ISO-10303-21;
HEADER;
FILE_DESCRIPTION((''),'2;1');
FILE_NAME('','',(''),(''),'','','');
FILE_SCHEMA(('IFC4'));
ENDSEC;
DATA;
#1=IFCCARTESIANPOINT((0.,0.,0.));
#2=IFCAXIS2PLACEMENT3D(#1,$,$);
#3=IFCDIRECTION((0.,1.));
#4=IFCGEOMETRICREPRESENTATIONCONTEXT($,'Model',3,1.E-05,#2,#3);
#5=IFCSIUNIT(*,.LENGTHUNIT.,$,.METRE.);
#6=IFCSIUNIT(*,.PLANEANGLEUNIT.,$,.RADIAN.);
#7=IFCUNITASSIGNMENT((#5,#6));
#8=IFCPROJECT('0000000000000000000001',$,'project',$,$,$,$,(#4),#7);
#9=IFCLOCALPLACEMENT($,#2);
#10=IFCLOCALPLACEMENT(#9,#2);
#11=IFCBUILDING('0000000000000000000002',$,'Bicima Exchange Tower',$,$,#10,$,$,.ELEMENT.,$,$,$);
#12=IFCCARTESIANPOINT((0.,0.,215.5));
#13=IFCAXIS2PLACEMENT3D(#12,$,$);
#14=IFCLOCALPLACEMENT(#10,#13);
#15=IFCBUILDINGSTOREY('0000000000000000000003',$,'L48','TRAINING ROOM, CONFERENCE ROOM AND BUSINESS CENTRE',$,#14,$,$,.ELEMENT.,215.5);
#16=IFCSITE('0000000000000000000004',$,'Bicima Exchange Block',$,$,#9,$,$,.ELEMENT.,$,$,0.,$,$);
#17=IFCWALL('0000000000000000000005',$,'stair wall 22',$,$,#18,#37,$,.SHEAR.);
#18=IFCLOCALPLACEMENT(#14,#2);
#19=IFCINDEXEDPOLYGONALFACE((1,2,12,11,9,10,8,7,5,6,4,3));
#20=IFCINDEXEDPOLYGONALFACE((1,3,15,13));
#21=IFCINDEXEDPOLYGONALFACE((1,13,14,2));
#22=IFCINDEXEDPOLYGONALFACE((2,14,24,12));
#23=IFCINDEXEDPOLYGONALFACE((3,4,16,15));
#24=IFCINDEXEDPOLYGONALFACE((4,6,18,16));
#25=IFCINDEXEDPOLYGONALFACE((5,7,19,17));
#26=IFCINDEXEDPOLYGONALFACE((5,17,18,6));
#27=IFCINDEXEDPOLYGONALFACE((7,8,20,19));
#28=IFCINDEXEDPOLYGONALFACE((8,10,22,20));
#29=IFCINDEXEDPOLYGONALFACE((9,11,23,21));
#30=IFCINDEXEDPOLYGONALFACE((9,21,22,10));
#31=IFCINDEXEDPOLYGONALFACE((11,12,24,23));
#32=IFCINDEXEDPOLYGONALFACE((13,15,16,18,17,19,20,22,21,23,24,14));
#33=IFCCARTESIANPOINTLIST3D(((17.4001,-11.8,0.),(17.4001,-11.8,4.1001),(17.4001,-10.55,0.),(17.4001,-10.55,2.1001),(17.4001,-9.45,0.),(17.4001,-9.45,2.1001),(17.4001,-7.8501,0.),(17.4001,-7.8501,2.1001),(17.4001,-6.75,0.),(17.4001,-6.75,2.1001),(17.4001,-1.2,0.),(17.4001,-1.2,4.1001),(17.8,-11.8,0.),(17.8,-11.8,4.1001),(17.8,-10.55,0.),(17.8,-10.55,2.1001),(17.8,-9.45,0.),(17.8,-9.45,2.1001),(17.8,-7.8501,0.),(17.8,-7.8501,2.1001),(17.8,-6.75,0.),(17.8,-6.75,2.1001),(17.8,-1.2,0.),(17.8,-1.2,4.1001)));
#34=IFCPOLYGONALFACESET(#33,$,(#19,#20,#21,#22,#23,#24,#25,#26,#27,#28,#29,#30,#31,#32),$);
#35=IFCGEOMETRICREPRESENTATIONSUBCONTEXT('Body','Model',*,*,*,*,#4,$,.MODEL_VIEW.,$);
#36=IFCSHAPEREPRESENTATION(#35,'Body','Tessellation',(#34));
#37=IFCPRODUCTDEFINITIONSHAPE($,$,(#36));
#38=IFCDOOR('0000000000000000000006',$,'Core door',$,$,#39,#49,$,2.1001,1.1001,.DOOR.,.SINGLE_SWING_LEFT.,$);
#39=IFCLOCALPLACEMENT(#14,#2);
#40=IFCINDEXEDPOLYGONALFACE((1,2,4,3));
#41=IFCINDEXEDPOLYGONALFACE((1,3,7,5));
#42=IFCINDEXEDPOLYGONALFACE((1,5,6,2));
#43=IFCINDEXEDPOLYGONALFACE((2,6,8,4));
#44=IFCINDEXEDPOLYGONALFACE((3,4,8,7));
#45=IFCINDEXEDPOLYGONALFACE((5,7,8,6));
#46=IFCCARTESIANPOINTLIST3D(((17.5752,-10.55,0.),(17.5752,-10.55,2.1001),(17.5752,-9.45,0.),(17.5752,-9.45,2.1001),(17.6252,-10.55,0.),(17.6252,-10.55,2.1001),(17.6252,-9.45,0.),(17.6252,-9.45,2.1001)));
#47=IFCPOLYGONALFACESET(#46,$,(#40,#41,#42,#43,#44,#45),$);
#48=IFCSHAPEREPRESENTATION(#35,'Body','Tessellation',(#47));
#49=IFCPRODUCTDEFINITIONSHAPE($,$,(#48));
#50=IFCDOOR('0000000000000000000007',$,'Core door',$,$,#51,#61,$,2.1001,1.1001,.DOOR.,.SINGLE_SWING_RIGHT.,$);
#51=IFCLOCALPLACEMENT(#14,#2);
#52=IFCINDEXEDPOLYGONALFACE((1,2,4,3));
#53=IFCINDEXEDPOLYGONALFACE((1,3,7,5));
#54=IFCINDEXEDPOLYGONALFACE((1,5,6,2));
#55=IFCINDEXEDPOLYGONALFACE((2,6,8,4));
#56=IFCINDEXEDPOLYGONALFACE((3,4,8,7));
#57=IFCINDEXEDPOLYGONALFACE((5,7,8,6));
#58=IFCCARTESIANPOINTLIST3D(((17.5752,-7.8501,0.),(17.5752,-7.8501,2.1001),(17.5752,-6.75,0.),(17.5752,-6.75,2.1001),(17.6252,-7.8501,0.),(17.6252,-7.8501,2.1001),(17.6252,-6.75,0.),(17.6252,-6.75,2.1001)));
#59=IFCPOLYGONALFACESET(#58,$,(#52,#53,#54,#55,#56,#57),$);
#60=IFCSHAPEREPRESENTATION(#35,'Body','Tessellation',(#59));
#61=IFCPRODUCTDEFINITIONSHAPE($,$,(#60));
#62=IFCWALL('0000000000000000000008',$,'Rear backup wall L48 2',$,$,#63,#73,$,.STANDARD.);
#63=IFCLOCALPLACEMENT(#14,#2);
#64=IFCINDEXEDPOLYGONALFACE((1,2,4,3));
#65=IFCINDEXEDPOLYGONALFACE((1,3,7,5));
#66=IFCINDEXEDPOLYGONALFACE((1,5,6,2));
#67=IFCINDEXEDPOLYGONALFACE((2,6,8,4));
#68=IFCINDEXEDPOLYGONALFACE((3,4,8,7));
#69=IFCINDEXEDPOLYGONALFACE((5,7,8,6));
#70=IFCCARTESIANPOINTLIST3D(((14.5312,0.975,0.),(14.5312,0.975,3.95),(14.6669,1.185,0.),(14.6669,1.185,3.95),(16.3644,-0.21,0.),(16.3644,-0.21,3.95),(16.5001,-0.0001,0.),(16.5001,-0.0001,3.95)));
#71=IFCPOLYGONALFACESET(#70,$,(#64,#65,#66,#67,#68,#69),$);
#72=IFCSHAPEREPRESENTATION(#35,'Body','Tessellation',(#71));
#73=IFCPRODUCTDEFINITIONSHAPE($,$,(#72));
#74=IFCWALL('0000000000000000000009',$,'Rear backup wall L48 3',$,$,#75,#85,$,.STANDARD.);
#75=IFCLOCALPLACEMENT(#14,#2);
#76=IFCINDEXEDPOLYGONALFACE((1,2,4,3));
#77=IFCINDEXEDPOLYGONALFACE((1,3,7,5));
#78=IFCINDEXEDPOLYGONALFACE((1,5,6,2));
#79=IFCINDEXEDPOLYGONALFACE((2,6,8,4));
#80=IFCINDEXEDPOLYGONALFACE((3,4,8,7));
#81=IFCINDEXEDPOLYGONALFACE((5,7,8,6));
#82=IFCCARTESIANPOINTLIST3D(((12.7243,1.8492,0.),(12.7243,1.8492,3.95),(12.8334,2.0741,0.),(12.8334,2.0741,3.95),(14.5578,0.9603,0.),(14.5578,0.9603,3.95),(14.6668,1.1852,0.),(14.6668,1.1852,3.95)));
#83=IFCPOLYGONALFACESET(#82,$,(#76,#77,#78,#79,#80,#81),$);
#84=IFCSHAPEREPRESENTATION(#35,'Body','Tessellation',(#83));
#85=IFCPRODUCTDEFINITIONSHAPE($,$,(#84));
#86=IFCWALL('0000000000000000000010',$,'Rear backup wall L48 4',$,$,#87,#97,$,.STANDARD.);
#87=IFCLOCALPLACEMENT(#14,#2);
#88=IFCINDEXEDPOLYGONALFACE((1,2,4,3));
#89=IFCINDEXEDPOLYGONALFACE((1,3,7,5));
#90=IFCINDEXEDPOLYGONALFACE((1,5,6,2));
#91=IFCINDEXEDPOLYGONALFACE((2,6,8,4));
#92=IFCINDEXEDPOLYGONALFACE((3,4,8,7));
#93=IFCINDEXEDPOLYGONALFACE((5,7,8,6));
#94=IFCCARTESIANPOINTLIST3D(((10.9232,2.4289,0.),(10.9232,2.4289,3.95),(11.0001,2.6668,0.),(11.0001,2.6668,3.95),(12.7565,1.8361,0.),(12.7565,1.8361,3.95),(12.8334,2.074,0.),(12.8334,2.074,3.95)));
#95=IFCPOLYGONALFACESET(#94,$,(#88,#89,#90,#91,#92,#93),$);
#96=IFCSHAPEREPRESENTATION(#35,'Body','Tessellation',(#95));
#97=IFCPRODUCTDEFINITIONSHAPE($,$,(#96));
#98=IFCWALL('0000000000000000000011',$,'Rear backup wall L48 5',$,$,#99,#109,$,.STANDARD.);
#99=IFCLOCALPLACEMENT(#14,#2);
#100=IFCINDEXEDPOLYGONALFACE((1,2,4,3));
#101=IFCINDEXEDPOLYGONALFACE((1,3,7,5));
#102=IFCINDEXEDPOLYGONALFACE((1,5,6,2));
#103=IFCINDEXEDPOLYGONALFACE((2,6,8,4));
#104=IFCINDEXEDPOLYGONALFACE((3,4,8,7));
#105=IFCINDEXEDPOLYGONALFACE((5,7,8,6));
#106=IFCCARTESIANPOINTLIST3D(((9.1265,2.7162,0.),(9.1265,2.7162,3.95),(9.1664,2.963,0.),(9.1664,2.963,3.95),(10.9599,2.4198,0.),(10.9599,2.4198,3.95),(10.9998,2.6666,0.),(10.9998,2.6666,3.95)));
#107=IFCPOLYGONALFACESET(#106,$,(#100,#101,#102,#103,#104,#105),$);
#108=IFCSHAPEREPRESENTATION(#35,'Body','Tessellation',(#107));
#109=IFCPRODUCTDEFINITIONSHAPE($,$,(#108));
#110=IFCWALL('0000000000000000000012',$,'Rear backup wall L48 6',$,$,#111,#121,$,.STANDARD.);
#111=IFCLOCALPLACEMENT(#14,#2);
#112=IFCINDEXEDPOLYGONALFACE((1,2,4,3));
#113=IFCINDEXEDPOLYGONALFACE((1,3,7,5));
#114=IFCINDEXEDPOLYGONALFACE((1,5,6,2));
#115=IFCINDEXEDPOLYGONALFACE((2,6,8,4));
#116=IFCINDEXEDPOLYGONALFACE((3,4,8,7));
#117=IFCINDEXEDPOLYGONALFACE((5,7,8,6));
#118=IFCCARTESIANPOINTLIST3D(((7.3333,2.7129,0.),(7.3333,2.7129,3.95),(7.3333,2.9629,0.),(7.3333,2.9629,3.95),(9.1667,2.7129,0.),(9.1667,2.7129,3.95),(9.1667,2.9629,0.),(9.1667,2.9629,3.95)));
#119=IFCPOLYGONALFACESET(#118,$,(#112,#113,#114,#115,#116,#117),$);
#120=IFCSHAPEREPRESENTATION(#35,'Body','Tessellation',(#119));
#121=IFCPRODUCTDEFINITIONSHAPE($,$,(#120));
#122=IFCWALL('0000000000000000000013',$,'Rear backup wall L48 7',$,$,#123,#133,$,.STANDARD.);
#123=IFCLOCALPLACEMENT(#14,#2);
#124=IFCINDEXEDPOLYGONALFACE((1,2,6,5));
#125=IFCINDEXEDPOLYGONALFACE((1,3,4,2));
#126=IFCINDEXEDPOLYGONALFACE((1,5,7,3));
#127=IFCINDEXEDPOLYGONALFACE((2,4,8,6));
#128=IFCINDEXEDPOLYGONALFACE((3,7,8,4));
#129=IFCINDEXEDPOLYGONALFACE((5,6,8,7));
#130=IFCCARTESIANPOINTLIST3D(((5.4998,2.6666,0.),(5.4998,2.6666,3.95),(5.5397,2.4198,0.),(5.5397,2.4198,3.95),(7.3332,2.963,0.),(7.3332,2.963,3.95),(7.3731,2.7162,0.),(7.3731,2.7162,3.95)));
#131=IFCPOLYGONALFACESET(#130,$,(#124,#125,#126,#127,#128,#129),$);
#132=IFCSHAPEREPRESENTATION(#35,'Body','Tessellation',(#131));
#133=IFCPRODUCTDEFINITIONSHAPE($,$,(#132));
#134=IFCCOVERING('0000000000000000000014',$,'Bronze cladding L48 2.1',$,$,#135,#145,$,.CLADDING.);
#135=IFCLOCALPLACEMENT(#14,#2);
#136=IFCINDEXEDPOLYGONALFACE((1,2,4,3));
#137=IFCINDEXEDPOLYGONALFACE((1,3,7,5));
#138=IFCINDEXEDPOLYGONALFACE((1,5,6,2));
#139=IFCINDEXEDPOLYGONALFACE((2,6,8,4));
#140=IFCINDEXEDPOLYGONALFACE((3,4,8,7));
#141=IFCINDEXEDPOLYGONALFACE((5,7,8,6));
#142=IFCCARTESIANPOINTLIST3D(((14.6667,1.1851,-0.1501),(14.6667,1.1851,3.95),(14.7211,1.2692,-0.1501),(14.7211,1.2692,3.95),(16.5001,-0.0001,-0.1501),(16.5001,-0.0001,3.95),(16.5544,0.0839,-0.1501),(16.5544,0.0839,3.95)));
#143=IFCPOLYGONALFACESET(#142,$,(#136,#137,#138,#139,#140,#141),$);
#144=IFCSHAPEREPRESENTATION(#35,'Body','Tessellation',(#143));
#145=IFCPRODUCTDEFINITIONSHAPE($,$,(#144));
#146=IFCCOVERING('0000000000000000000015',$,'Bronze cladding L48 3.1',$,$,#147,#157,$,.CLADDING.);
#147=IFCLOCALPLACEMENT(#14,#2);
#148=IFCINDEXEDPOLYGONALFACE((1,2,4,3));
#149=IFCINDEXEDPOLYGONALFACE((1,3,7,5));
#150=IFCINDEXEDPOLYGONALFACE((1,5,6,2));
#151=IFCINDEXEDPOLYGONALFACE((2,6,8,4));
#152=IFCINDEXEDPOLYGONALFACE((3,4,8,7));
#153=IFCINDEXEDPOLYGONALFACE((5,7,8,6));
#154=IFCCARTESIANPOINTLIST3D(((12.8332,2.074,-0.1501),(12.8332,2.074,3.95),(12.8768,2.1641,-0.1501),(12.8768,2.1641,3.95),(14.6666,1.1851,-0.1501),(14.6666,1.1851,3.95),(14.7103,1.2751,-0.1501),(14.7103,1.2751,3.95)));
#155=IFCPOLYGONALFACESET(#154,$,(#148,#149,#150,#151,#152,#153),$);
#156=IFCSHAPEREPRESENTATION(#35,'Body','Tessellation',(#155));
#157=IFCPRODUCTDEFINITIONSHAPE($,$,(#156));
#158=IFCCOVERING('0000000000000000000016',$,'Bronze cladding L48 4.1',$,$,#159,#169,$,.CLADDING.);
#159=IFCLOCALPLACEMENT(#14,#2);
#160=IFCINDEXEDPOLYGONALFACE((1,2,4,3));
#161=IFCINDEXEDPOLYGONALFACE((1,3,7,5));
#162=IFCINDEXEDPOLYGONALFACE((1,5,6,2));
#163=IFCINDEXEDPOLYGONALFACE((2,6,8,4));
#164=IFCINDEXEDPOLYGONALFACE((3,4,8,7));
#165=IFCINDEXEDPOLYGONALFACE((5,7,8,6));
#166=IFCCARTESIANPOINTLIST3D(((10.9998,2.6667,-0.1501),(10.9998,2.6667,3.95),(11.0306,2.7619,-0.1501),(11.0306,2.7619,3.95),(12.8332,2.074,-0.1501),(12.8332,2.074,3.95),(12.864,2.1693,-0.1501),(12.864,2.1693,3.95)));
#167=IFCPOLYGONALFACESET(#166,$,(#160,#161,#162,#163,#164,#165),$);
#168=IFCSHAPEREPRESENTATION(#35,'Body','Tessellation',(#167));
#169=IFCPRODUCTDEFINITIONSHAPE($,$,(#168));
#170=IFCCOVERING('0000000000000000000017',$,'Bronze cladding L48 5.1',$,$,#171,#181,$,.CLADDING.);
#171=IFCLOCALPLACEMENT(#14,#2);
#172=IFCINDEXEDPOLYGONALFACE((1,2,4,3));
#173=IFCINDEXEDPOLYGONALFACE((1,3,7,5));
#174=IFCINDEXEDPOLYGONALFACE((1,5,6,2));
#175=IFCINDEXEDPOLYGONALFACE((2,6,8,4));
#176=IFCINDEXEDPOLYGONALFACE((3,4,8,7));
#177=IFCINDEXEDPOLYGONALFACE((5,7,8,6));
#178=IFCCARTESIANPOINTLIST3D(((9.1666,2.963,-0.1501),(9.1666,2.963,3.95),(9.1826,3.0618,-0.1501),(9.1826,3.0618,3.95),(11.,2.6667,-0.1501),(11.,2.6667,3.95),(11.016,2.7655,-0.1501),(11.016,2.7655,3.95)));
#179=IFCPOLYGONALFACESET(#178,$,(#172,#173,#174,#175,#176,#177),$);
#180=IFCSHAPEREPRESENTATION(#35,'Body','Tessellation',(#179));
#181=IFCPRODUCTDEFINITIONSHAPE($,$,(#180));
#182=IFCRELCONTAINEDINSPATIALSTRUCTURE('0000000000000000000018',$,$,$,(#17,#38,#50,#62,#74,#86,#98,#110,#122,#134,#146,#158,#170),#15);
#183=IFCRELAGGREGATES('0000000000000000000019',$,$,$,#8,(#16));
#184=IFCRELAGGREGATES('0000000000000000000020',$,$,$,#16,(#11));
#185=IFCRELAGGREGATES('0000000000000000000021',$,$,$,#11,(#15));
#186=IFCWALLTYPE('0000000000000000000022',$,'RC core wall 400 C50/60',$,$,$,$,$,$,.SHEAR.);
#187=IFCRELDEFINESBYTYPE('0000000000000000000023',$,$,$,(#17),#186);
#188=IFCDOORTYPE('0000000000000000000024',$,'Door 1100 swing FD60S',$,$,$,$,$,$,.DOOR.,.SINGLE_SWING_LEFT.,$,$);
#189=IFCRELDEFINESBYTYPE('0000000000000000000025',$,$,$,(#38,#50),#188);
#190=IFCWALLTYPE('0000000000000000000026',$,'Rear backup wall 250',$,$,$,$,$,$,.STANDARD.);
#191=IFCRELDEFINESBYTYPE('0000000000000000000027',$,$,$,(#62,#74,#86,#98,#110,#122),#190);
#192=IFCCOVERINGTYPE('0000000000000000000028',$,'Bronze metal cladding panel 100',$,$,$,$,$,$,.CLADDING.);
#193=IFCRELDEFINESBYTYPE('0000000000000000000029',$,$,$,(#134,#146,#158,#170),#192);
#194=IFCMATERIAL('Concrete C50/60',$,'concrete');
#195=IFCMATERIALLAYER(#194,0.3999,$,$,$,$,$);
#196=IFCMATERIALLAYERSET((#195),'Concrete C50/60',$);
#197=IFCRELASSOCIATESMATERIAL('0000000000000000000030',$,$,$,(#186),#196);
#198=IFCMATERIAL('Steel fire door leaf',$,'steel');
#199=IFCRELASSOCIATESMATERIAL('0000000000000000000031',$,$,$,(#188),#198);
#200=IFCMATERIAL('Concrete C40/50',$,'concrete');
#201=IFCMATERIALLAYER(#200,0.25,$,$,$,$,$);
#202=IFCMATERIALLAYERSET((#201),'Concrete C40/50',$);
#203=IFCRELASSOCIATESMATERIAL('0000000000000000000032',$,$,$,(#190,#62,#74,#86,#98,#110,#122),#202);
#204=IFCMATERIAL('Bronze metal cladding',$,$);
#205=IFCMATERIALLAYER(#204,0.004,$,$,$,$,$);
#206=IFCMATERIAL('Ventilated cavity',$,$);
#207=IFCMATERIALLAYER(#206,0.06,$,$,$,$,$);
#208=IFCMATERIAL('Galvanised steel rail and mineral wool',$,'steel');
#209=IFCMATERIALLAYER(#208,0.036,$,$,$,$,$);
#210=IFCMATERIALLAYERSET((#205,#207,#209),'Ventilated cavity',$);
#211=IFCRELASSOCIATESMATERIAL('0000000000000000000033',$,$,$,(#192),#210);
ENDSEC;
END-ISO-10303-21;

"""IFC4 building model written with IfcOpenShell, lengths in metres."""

from ifc_helpers import new_model, si_unit, direction, frame, frame_2d, origin, origin_2d, place, context, subcontext, project, spatial, rectangle, extrude, material, layer, layer_set, layer_usage, type_object, element, fill, save


model = new_model("IFC4")

# Units and contexts
model_context = context("Model", 3, precision=1e-05, world=origin(), true_north=direction((0.0, 1.0)))
body_context = subcontext(model_context, "Body", "Model", "MODEL_VIEW")
ifc_project = project(units=[si_unit("LENGTHUNIT", "METRE"), si_unit("PLANEANGLEUNIT", "RADIAN")], contexts=[model_context])

# Site, building, storey
site_placement = place(None, origin())
site = spatial("IfcSite", under=ifc_project, at=site_placement, Name="Bicima Exchange Block", CompositionType="ELEMENT", RefElevation=0.0)
building_placement = place(site_placement, origin())
building = spatial("IfcBuilding", under=site, at=building_placement, Name="Bicima Exchange Tower", CompositionType="ELEMENT")
storey_placement = place(building_placement, frame((0.0, 0.0, 215.5)))
storey = spatial("IfcBuildingStorey", under=building, at=storey_placement, Name="L48", Description="TRAINING ROOM, CONFERENCE ROOM AND BUSINESS CENTRE", CompositionType="ELEMENT", Elevation=215.5)

# Shared definitions
ifc_material_1 = material(Name="Concrete C50/60", Category="concrete")
ifc_layer_1 = layer(ifc_material_1, 0.3999)
ifc_layer_set_1 = layer_set([ifc_layer_1], Name="Concrete C50/60")
wall_type_1 = type_object("IfcWallType", Name="RC core wall 400 C50/60", PredefinedType="SHEAR", material=ifc_layer_set_1)

# Wall, openings, doors
ifc_material_2 = material(Name="Steel fire door leaf", Category="steel")
door_type_1 = type_object("IfcDoorType", Name="Door 1100 swing FD60S", OperationType="SINGLE_SWING_LEFT", PredefinedType="DOOR", material=ifc_material_2)
wall_1_placement = place(storey_placement, frame((17.6001, -11.8, 0.0), z_axis=(0.0, 0.0, 1.0), x_axis=(0.0, 1.0, 0.0)))
wall_1 = element("IfcWall", 1, at=wall_1_placement, inside=storey, type_object=wall_type_1, Name="stair wall 22", PredefinedType="SHEAR", context=body_context, shape_type="SweptSolid", body=[
    extrude(rectangle(XDim=10.6001, YDim=0.3999, at=frame_2d((5.3, 0.0))), origin(), (0.0, 0.0, 1.0), 4.1001),
])
opening_1_placement = place(wall_1_placement, frame((1.25, 0.0, 0.0)))
opening_1 = element("IfcOpeningElement", 2, at=opening_1_placement, cuts=wall_1, PredefinedType="OPENING", context=body_context, shape_type="SweptSolid", body=[
    extrude(rectangle(XDim=1.1001, YDim=2.1001, at=frame_2d((0.55, 1.05))), frame((0.0, 0.2119, 0.0), z_axis=(0.0, -1.0, 0.0), x_axis=(1.0, 0.0, 0.0)), (0.0, 0.0, 1.0), 0.4238),
])
opening_2_placement = place(wall_1_placement, frame((3.95, 0.0, 0.0)))
opening_2 = element("IfcOpeningElement", 3, at=opening_2_placement, cuts=wall_1, PredefinedType="OPENING", context=body_context, shape_type="SweptSolid", body=[
    extrude(rectangle(XDim=1.1001, YDim=2.1001, at=frame_2d((0.55, 1.05))), frame((0.0, 0.2119, 0.0), z_axis=(0.0, -1.0, 0.0), x_axis=(1.0, 0.0, 0.0)), (0.0, 0.0, 1.0), 0.4238),
])
door_1_placement = place(opening_1_placement, origin())
door_1 = element("IfcDoor", 4, at=door_1_placement, inside=storey, type_object=door_type_1, Name="Core door", OperationType="SINGLE_SWING_LEFT", OverallHeight=2.1001, OverallWidth=1.1001, PredefinedType="DOOR", context=body_context, shape_type="SweptSolid", body=[
    extrude(rectangle(XDim=1.1001, YDim=2.1001, at=frame_2d((0.55, 1.05))), frame((0.0, 0.0249, 0.0), z_axis=(0.0, -1.0, 0.0), x_axis=(1.0, 0.0, 0.0)), (0.0, 0.0, 1.0), 0.05),
])
fill(opening_1, door_1)
door_2_placement = place(opening_2_placement, origin())
door_2 = element("IfcDoor", 5, at=door_2_placement, inside=storey, type_object=door_type_1, Name="Core door", OperationType="SINGLE_SWING_RIGHT", OverallHeight=2.1001, OverallWidth=1.1001, PredefinedType="DOOR", context=body_context, shape_type="SweptSolid", body=[
    extrude(rectangle(XDim=1.1001, YDim=2.1001, at=frame_2d((0.55, 1.05))), frame((0.0, 0.0249, 0.0), z_axis=(0.0, -1.0, 0.0), x_axis=(1.0, 0.0, 0.0)), (0.0, 0.0, 1.0), 0.05),
])
fill(opening_2, door_2)

# Walls
ifc_material_3 = material(Name="Concrete C40/50", Category="concrete")
ifc_layer_2 = layer(ifc_material_3, 0.25)
ifc_layer_set_2 = layer_set([ifc_layer_2], Name="Concrete C40/50")
ifc_layer_usage = layer_usage(ifc_layer_set_2, "AXIS2", "POSITIVE", -0.125)
wall_type_2 = type_object("IfcWallType", Name="Rear backup wall 250", PredefinedType="STANDARD", material=ifc_layer_set_2)
wall_2_placement = place(storey_placement, frame((16.4321, -0.105, 0.0), z_axis=(0.0, 0.0, 1.0), x_axis=(-0.839813, 0.542876, 0.0)))
element("IfcWall", 6, at=wall_2_placement, inside=storey, type_object=wall_type_2, material=ifc_layer_usage, Name="Rear backup wall L48 2", PredefinedType="STANDARD", context=body_context, shape_type="SweptSolid", body=[
    extrude(rectangle(XDim=2.1829, YDim=0.25, at=frame_2d((1.0913, 0.0))), origin(), (0.0, 0.0, 1.0), 3.95),
])
wall_3_placement = place(storey_placement, frame((14.6123, 1.0728, 0.0), z_axis=(0.0, 0.0, 1.0), x_axis=(-0.899824, 0.436253, 0.0)))
element("IfcWall", 7, at=wall_3_placement, inside=storey, type_object=wall_type_2, material=ifc_layer_usage, Name="Rear backup wall L48 3", PredefinedType="STANDARD", context=body_context, shape_type="SweptSolid", body=[
    extrude(rectangle(XDim=2.0376, YDim=0.25, at=frame_2d((1.0188, 0.0))), origin(), (0.0, 0.0, 1.0), 3.95),
])
wall_4_placement = place(storey_placement, frame((12.7949, 1.9551, 0.0), z_axis=(0.0, 0.0, 1.0), x_axis=(-0.951496, 0.307662, 0.0)))
element("IfcWall", 8, at=wall_4_placement, inside=storey, type_object=wall_type_2, material=ifc_layer_usage, Name="Rear backup wall L48 4", PredefinedType="STANDARD", context=body_context, shape_type="SweptSolid", body=[
    extrude(rectangle(XDim=1.9268, YDim=0.25, at=frame_2d((0.9634, 0.0))), origin(), (0.0, 0.0, 1.0), 3.95),
])
wall_5_placement = place(storey_placement, frame((10.98, 2.5432, 0.0), z_axis=(0.0, 0.0, 1.0), x_axis=(-0.987182, 0.1596, 0.0)))
element("IfcWall", 9, at=wall_5_placement, inside=storey, type_object=wall_type_2, material=ifc_layer_usage, Name="Rear backup wall L48 5", PredefinedType="STANDARD", context=body_context, shape_type="SweptSolid", body=[
    extrude(rectangle(XDim=1.8572, YDim=0.25, at=frame_2d((0.9287, 0.0))), origin(), (0.0, 0.0, 1.0), 3.95),
])
wall_6_placement = place(storey_placement, frame((9.1667, 2.8379, 0.0), z_axis=(0.0, 0.0, 1.0), x_axis=(-1.0, 0.0, 0.0)))
element("IfcWall", 10, at=wall_6_placement, inside=storey, type_object=wall_type_2, material=ifc_layer_usage, Name="Rear backup wall L48 6", PredefinedType="STANDARD", context=body_context, shape_type="SweptSolid", body=[
    extrude(rectangle(XDim=1.8335, YDim=0.25, at=frame_2d((0.9167, 0.0))), origin(), (0.0, 0.0, 1.0), 3.95),
])
wall_7_placement = place(storey_placement, frame((7.3533, 2.8396, 0.0), z_axis=(0.0, 0.0, 1.0), x_axis=(-0.987182, -0.1596, 0.0)))
element("IfcWall", 11, at=wall_7_placement, inside=storey, type_object=wall_type_2, material=ifc_layer_usage, Name="Rear backup wall L48 7", PredefinedType="STANDARD", context=body_context, shape_type="SweptSolid", body=[
    extrude(rectangle(XDim=1.8572, YDim=0.25, at=frame_2d((0.9287, 0.0))), origin(), (0.0, 0.0, 1.0), 3.95),
])

# Coverings
ifc_material_4 = material(Name="Bronze metal cladding")
ifc_layer_3 = layer(ifc_material_4, 0.004)
ifc_material_5 = material(Name="Ventilated cavity")
ifc_layer_4 = layer(ifc_material_5, 0.06)
ifc_material_6 = material(Name="Galvanised steel rail and mineral wool", Category="steel")
ifc_layer_5 = layer(ifc_material_6, 0.036)
ifc_layer_set_3 = layer_set([ifc_layer_3, ifc_layer_4, ifc_layer_5], Name="Ventilated cavity")
covering_type = type_object("IfcCoveringType", Name="Bronze metal cladding panel 100", PredefinedType="CLADDING", material=ifc_layer_set_3)
covering_1_placement = place(storey_placement, frame((15.6106, 0.6345, -0.1501), z_axis=(0.0, 0.0, 1.0), x_axis=(-0.83979, 0.542911, 0.0)))
element("IfcCovering", 12, at=covering_1_placement, inside=storey, type_object=covering_type, Name="Bronze cladding L48 2.1", PredefinedType="CLADDING", context=body_context, shape_type="SweptSolid", body=[
    extrude(rectangle(XDim=2.1831, YDim=0.1001, at=origin_2d()), origin(), (0.0, 0.0, 1.0), 4.1001),
])
covering_2_placement = place(storey_placement, frame((13.7717, 1.6746, -0.1501), z_axis=(0.0, 0.0, 1.0), x_axis=(-0.899818, 0.436265, 0.0)))
element("IfcCovering", 13, at=covering_2_placement, inside=storey, type_object=covering_type, Name="Bronze cladding L48 3.1", PredefinedType="CLADDING", context=body_context, shape_type="SweptSolid", body=[
    extrude(rectangle(XDim=2.0376, YDim=0.1001, at=origin_2d()), origin(), (0.0, 0.0, 1.0), 4.1001),
])
covering_3_placement = place(storey_placement, frame((11.9319, 2.418, -0.1501), z_axis=(0.0, 0.0, 1.0), x_axis=(-0.951525, 0.307573, 0.0)))
element("IfcCovering", 14, at=covering_3_placement, inside=storey, type_object=covering_type, Name="Bronze cladding L48 4.1", PredefinedType="CLADDING", context=body_context, shape_type="SweptSolid", body=[
    extrude(rectangle(XDim=1.9268, YDim=0.1001, at=origin_2d()), origin(), (0.0, 0.0, 1.0), 4.1001),
])
covering_4_placement = place(storey_placement, frame((10.0913, 2.8643, -0.1501), z_axis=(0.0, 0.0, 1.0), x_axis=(-0.98719, 0.15955, 0.0)))
element("IfcCovering", 15, at=covering_4_placement, inside=storey, type_object=covering_type, Name="Bronze cladding L48 5.1", PredefinedType="CLADDING", context=body_context, shape_type="SweptSolid", body=[
    extrude(rectangle(XDim=1.8572, YDim=0.1001, at=origin_2d()), origin(), (0.0, 0.0, 1.0), 4.1001),
])

save(model, "model.ifc")
